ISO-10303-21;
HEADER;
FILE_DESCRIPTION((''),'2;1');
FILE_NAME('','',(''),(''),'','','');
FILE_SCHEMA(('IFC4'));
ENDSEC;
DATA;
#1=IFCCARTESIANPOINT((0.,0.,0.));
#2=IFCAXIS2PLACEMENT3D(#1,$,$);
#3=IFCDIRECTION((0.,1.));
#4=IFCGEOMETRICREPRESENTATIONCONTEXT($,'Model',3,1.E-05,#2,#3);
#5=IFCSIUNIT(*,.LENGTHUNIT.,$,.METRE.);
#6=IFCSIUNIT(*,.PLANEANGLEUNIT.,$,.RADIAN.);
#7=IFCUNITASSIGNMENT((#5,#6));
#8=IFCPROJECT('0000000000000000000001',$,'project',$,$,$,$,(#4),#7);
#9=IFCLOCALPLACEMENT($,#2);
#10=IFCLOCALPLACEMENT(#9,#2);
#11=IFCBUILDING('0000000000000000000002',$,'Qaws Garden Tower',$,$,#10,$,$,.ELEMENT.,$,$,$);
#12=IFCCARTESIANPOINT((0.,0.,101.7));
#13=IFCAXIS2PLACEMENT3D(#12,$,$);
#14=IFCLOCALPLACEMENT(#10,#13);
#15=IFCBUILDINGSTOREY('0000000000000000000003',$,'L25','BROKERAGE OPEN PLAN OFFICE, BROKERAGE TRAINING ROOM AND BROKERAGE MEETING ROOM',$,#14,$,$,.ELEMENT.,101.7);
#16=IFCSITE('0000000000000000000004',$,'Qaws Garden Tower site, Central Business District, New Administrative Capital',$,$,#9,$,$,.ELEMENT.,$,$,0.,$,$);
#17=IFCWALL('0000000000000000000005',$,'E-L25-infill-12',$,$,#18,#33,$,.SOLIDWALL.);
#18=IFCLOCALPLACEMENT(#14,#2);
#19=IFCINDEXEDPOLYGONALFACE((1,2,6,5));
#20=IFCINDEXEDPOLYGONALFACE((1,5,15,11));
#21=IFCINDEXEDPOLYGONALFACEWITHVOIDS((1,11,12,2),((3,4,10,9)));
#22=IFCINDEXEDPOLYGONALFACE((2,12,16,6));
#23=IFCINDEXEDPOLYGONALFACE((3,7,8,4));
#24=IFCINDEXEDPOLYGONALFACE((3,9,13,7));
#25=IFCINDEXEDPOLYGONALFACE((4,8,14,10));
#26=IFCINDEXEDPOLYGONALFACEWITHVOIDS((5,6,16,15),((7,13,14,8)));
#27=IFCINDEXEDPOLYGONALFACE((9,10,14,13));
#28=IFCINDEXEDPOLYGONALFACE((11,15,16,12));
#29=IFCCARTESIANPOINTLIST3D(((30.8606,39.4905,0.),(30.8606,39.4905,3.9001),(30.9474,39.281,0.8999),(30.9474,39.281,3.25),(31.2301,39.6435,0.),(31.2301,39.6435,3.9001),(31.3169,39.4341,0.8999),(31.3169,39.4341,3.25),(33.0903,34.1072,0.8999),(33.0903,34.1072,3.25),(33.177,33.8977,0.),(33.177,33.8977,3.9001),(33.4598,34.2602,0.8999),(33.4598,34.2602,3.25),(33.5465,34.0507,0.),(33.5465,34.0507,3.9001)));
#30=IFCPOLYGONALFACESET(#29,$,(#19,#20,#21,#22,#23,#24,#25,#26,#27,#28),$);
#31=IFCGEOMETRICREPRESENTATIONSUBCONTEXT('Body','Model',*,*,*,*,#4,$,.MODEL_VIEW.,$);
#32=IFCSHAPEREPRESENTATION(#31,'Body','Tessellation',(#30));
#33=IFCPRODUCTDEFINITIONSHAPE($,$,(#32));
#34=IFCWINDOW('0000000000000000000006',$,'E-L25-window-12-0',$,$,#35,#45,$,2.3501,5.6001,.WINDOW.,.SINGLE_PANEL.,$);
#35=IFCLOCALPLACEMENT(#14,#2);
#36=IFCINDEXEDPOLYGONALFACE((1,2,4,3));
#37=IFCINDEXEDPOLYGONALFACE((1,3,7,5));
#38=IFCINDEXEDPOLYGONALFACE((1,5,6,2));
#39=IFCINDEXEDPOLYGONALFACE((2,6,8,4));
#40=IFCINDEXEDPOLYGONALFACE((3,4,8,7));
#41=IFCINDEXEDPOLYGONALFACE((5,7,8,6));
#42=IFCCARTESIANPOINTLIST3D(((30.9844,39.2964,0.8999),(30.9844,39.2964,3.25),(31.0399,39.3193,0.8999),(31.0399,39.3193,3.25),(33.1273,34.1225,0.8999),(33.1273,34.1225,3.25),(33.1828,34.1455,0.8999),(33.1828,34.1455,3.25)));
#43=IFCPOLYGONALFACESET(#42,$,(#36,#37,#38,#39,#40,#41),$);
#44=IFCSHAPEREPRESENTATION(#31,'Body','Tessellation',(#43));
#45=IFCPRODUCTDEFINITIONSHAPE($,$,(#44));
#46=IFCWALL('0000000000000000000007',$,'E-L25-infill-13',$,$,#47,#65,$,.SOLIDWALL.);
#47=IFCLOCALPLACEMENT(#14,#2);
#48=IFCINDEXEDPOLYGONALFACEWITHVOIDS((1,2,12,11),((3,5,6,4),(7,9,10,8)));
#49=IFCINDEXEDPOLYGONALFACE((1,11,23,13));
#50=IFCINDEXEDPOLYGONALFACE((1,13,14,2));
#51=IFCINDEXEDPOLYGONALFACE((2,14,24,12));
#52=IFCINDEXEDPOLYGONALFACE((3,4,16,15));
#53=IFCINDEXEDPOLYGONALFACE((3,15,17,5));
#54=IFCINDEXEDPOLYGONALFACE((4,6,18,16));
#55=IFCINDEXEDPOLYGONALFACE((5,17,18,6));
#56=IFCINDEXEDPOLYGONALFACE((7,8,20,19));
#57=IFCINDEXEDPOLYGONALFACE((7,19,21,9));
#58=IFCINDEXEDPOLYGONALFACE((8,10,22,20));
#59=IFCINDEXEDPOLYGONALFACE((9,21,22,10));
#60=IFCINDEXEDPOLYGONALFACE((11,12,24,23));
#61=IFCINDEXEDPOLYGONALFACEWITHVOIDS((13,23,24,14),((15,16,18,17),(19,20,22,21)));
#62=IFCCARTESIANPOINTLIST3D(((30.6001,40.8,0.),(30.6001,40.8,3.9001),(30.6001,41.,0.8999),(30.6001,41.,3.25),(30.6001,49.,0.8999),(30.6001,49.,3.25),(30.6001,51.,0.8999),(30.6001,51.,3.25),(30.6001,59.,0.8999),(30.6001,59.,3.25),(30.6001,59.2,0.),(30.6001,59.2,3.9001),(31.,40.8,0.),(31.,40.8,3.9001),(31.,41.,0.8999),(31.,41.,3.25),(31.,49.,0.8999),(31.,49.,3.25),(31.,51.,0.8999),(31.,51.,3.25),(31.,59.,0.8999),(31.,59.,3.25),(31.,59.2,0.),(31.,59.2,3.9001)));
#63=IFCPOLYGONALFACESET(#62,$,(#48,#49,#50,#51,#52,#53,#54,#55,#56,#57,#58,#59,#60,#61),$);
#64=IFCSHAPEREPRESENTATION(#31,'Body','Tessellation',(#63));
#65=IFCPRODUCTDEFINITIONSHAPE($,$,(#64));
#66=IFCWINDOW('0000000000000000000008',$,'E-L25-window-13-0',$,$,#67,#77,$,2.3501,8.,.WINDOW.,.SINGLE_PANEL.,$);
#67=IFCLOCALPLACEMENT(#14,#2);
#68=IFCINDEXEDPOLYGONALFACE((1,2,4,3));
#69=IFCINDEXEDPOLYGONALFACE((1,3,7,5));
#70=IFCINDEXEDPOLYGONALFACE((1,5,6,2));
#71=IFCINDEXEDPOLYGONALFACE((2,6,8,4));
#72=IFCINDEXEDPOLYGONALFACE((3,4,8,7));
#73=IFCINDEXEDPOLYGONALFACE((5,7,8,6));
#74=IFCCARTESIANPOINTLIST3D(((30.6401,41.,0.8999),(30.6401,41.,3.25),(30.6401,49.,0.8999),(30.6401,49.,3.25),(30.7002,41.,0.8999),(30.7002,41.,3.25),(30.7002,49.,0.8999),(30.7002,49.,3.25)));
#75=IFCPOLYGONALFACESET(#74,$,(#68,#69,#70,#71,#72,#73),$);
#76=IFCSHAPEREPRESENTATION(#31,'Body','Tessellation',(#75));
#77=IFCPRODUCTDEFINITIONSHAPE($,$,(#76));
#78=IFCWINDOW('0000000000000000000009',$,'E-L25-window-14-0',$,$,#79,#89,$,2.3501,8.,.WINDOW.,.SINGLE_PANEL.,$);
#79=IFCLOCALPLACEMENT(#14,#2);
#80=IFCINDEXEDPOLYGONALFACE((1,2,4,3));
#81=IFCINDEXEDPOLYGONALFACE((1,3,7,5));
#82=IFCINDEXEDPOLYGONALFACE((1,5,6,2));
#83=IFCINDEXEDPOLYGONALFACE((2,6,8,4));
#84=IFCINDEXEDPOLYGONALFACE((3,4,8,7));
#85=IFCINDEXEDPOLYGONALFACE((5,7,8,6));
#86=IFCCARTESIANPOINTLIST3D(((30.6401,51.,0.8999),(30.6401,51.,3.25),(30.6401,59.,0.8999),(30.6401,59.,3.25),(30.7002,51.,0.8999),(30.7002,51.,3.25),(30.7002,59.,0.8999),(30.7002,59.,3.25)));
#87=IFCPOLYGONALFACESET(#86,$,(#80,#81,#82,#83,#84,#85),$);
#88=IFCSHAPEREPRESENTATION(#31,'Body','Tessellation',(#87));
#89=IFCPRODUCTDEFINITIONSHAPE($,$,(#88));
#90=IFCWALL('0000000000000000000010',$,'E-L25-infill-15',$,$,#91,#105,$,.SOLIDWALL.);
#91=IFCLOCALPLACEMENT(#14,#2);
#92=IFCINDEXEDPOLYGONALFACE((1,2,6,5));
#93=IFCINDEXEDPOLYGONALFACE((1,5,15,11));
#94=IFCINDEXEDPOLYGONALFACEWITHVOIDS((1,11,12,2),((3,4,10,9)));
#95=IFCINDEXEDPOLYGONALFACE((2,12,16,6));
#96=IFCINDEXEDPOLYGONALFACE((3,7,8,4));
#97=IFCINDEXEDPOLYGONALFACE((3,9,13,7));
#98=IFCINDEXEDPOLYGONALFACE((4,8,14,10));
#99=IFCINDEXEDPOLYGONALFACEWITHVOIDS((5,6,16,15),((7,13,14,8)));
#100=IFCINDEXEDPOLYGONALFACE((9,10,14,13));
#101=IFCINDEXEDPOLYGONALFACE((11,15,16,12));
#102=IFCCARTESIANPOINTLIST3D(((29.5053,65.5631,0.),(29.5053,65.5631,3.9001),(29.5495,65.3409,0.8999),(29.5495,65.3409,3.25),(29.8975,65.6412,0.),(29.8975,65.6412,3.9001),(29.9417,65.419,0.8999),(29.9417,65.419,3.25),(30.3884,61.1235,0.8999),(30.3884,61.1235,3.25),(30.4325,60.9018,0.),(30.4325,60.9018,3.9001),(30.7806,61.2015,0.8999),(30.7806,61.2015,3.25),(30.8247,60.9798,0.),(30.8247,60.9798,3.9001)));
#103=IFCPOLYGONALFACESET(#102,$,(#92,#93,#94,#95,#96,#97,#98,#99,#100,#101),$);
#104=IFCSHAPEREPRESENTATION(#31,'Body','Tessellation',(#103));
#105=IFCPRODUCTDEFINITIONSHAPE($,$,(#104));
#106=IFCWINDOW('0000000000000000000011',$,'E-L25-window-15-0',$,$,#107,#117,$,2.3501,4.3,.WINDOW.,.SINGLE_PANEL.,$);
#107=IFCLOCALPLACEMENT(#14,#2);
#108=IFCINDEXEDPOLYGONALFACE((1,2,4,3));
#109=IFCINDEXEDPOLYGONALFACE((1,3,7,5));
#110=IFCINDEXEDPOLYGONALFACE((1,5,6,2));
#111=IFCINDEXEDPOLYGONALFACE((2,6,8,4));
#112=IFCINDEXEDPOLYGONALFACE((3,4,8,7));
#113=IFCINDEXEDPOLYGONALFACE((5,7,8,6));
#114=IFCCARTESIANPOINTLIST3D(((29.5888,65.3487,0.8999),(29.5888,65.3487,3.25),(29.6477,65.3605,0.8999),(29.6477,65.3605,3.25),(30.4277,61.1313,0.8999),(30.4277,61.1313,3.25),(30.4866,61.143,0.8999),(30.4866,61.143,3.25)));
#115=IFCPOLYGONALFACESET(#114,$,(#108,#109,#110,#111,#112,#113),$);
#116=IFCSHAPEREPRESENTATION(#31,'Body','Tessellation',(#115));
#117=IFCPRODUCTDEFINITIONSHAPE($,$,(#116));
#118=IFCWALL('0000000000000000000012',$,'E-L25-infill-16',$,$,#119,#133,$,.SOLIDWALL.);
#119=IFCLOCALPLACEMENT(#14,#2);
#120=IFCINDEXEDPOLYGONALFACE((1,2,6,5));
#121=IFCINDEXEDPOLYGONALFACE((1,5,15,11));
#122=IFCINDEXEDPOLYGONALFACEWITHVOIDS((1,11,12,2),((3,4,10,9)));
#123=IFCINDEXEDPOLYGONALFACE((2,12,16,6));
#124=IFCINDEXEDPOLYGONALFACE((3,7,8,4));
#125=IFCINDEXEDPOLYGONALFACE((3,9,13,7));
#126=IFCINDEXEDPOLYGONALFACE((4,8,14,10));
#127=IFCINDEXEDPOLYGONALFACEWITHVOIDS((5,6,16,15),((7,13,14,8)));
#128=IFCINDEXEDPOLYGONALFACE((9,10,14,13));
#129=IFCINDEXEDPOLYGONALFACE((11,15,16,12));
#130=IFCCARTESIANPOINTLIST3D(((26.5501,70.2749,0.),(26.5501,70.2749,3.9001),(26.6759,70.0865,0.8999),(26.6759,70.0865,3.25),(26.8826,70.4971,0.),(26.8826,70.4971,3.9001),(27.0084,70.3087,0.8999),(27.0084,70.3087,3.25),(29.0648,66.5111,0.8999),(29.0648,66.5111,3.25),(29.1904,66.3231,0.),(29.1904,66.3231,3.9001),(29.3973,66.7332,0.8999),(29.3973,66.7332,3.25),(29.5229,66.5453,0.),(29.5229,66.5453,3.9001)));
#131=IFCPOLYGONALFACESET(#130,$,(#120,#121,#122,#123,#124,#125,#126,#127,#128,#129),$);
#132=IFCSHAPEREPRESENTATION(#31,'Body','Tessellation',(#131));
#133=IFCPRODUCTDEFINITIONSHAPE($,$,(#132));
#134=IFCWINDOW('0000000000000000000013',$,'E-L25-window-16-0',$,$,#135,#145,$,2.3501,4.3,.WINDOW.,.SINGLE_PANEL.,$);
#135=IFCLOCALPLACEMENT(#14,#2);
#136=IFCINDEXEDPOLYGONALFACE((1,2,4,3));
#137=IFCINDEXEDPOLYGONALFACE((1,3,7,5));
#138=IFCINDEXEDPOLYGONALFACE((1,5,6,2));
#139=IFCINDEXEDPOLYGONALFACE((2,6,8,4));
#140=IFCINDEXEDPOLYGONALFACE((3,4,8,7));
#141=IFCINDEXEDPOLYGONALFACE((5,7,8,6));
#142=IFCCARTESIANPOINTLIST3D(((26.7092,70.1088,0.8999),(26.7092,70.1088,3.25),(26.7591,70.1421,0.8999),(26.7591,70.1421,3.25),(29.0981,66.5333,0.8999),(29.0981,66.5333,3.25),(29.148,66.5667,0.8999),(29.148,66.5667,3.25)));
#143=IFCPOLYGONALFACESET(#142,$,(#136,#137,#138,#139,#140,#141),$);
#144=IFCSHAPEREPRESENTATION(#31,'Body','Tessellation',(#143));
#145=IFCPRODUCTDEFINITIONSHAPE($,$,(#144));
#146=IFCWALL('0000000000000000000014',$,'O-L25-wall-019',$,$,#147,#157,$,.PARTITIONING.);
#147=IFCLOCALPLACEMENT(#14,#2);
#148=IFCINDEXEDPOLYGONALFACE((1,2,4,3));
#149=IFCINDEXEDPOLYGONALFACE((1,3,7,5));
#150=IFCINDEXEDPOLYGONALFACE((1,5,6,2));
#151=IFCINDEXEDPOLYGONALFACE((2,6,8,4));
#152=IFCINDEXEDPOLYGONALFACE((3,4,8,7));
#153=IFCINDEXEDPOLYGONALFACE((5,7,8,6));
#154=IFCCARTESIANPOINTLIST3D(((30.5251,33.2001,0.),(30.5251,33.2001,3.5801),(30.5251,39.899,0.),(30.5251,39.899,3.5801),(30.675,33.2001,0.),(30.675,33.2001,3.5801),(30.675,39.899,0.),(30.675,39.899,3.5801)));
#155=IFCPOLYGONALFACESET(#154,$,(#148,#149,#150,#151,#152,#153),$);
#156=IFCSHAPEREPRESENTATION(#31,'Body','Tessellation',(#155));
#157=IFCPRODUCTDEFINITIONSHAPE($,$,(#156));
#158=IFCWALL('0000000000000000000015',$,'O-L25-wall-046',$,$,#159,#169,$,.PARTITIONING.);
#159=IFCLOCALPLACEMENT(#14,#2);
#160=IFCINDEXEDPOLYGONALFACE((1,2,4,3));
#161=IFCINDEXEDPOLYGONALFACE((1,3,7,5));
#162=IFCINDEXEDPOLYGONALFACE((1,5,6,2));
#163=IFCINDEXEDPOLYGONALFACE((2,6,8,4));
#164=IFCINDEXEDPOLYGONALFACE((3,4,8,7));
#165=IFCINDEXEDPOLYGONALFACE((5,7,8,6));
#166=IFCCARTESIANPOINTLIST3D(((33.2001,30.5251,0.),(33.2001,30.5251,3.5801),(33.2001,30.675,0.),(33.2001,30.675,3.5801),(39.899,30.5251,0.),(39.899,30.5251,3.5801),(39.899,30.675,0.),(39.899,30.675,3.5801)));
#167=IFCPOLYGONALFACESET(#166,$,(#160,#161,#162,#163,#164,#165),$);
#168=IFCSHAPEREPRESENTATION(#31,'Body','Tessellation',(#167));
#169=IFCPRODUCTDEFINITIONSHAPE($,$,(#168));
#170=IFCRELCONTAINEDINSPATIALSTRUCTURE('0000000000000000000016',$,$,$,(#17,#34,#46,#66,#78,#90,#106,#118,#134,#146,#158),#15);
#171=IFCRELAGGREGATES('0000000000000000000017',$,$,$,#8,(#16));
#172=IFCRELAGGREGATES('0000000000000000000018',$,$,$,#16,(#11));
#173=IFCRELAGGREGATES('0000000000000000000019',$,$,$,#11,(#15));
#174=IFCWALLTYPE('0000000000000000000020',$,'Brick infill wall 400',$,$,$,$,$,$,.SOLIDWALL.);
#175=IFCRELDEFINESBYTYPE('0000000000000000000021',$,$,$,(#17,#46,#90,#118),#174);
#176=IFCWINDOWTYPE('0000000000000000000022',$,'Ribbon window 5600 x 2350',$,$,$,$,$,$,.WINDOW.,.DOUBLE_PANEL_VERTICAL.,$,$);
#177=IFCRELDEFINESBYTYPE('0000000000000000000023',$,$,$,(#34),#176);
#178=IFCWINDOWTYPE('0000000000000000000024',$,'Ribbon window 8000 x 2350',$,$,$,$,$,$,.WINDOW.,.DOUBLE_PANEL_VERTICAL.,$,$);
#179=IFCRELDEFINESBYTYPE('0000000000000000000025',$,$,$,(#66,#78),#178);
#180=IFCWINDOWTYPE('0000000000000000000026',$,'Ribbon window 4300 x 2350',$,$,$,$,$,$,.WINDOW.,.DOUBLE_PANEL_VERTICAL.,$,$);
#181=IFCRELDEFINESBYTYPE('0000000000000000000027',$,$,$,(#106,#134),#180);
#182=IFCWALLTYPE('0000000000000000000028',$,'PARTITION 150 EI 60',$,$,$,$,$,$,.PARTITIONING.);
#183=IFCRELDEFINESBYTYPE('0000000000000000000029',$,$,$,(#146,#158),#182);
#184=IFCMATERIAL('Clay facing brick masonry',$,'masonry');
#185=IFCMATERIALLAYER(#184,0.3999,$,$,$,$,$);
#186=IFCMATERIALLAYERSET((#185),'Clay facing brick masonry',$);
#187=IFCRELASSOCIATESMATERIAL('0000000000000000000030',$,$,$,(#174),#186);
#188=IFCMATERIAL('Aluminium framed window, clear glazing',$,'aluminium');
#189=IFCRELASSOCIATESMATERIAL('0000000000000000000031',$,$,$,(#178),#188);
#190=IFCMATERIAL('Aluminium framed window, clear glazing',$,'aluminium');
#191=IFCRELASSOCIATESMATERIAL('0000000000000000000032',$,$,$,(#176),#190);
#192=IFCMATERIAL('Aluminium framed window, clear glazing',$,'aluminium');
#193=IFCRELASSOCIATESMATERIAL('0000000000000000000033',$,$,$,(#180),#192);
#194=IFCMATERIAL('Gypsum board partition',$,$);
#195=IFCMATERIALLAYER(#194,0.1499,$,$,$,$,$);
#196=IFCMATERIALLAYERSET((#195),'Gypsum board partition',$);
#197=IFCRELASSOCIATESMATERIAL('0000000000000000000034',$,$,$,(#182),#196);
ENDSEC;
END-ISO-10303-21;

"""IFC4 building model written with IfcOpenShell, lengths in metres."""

from ifc_helpers import new_model, si_unit, direction, frame, frame_2d, origin, place, context, subcontext, project, spatial, rectangle, extrude, material, layer, layer_set, type_object, element, fill, save


model = new_model("IFC4")

# Units and contexts
model_context = context("Model", 3, precision=1e-05, world=origin(), true_north=direction((0.0, 1.0)))
body_context = subcontext(model_context, "Body", "Model", "MODEL_VIEW")
ifc_project = project(units=[si_unit("LENGTHUNIT", "METRE"), si_unit("PLANEANGLEUNIT", "RADIAN")], contexts=[model_context])

# Site, building, storey
site_placement = place(None, origin())
site = spatial("IfcSite", under=ifc_project, at=site_placement, Name="Qaws Garden Tower site, Central Business District, New Administrative Capital", CompositionType="ELEMENT", RefElevation=0.0)
building_placement = place(site_placement, origin())
building = spatial("IfcBuilding", under=site, at=building_placement, Name="Qaws Garden Tower", CompositionType="ELEMENT")
storey_placement = place(building_placement, frame((0.0, 0.0, 101.7)))
storey = spatial("IfcBuildingStorey", under=building, at=storey_placement, Name="L25", Description="BROKERAGE OPEN PLAN OFFICE, BROKERAGE TRAINING ROOM AND BROKERAGE MEETING ROOM", CompositionType="ELEMENT", Elevation=101.7)

# Shared definitions
ifc_material_1 = material(Name="Clay facing brick masonry", Category="masonry")
ifc_layer_1 = layer(ifc_material_1, 0.3999)
ifc_layer_set_1 = layer_set([ifc_layer_1], Name="Clay facing brick masonry")
wall_type_1 = type_object("IfcWallType", Name="Brick infill wall 400", PredefinedType="SOLIDWALL", material=ifc_layer_set_1)
ifc_material_2 = material(Name="Aluminium framed window, clear glazing", Category="aluminium")
window_type_1 = type_object("IfcWindowType", Name="Ribbon window 8000 x 2350", PartitioningType="DOUBLE_PANEL_VERTICAL", PredefinedType="WINDOW", material=ifc_material_2)

# Wall, opening, window
ifc_material_3 = material(Name="Aluminium framed window, clear glazing", Category="aluminium")
window_type_2 = type_object("IfcWindowType", Name="Ribbon window 5600 x 2350", PartitioningType="DOUBLE_PANEL_VERTICAL", PredefinedType="WINDOW", material=ifc_material_3)
wall_1_placement = place(storey_placement, frame((33.3618, 33.9741, 0.0), z_axis=(0.0, 0.0, 1.0), x_axis=(-0.382656, 0.923891, 0.0)))
wall_1 = element("IfcWall", 1, at=wall_1_placement, inside=storey, type_object=wall_type_1, Name="E-L25-infill-12", PredefinedType="SOLIDWALL", context=body_context, shape_type="SweptSolid", body=[
    extrude(rectangle(XDim=6.0535, YDim=0.3999, at=frame_2d((3.0269, 0.0))), origin(), (0.0, 0.0, 1.0), 3.9001),
])
opening_1_placement = place(wall_1_placement, frame((0.2268, 0.0, 0.8999)))
opening_1 = element("IfcOpeningElement", 2, at=opening_1_placement, cuts=wall_1, PredefinedType="OPENING", context=body_context, shape_type="SweptSolid", body=[
    extrude(rectangle(XDim=5.6001, YDim=2.3501, at=frame_2d((2.8, 1.175))), frame((0.0, 0.21, 0.0), z_axis=(0.0, -1.0, 0.0), x_axis=(1.0, 0.0, 0.0)), (0.0, 0.0, 1.0), 0.4199),
])
window_1_placement = place(opening_1_placement, origin())
window_1 = element("IfcWindow", 3, at=window_1_placement, inside=storey, type_object=window_type_2, Name="E-L25-window-12-0", OverallHeight=2.3501, OverallWidth=5.6001, PartitioningType="SINGLE_PANEL", PredefinedType="WINDOW", context=body_context, shape_type="SweptSolid", body=[
    extrude(rectangle(XDim=5.6001, YDim=2.3501, at=frame_2d((2.8, 1.175))), frame((0.0, 0.1599, 0.0), z_axis=(0.0, -1.0, 0.0), x_axis=(1.0, 0.0, 0.0)), (0.0, 0.0, 1.0), 0.0601),
])
fill(opening_1, window_1)

# Wall, openings, windows
wall_2_placement = place(storey_placement, frame((30.8, 40.8, 0.0), z_axis=(0.0, 0.0, 1.0), x_axis=(0.0, 1.0, 0.0)))
wall_2 = element("IfcWall", 4, at=wall_2_placement, inside=storey, type_object=wall_type_1, Name="E-L25-infill-13", PredefinedType="SOLIDWALL", context=body_context, shape_type="SweptSolid", body=[
    extrude(rectangle(XDim=18.3999, YDim=0.3999, at=frame_2d((9.2, 0.0))), origin(), (0.0, 0.0, 1.0), 3.9001),
])
opening_2_placement = place(wall_2_placement, frame((0.2, 0.0, 0.8999)))
opening_2 = element("IfcOpeningElement", 5, at=opening_2_placement, cuts=wall_2, PredefinedType="OPENING", context=body_context, shape_type="SweptSolid", body=[
    extrude(rectangle(XDim=8.0, YDim=2.3501, at=frame_2d((4.0, 1.175))), frame((0.0, 0.21, 0.0), z_axis=(0.0, -1.0, 0.0), x_axis=(1.0, 0.0, 0.0)), (0.0, 0.0, 1.0), 0.4199),
])
opening_3_placement = place(wall_2_placement, frame((10.2, 0.0, 0.8999)))
opening_3 = element("IfcOpeningElement", 6, at=opening_3_placement, cuts=wall_2, PredefinedType="OPENING", context=body_context, shape_type="SweptSolid", body=[
    extrude(rectangle(XDim=8.0, YDim=2.3501, at=frame_2d((4.0, 1.175))), frame((0.0, 0.21, 0.0), z_axis=(0.0, -1.0, 0.0), x_axis=(1.0, 0.0, 0.0)), (0.0, 0.0, 1.0), 0.4199),
])
window_2_placement = place(opening_2_placement, origin())
window_2 = element("IfcWindow", 7, at=window_2_placement, inside=storey, type_object=window_type_1, Name="E-L25-window-13-0", OverallHeight=2.3501, OverallWidth=8.0, PartitioningType="SINGLE_PANEL", PredefinedType="WINDOW", context=body_context, shape_type="SweptSolid", body=[
    extrude(rectangle(XDim=8.0, YDim=2.3501, at=frame_2d((4.0, 1.175))), frame((0.0, 0.1599, 0.0), z_axis=(0.0, -1.0, 0.0), x_axis=(1.0, 0.0, 0.0)), (0.0, 0.0, 1.0), 0.0601),
])
fill(opening_2, window_2)
window_3_placement = place(opening_3_placement, origin())
window_3 = element("IfcWindow", 8, at=window_3_placement, inside=storey, type_object=window_type_1, Name="E-L25-window-14-0", OverallHeight=2.3501, OverallWidth=8.0, PartitioningType="SINGLE_PANEL", PredefinedType="WINDOW", context=body_context, shape_type="SweptSolid", body=[
    extrude(rectangle(XDim=8.0, YDim=2.3501, at=frame_2d((4.0, 1.175))), frame((0.0, 0.1599, 0.0), z_axis=(0.0, -1.0, 0.0), x_axis=(1.0, 0.0, 0.0)), (0.0, 0.0, 1.0), 0.0601),
])
fill(opening_3, window_3)

# Walls, openings, windows
wall_3_placement = place(storey_placement, frame((30.6287, 60.9407, 0.0), z_axis=(0.0, 0.0, 1.0), x_axis=(-0.195099, 0.980784, 0.0)))
wall_3 = element("IfcWall", 9, at=wall_3_placement, inside=storey, type_object=wall_type_1, Name="E-L25-infill-15", PredefinedType="SOLIDWALL", context=body_context, shape_type="SweptSolid", body=[
    extrude(rectangle(XDim=4.7527, YDim=0.3999, at=frame_2d((2.3765, 0.0))), origin(), (0.0, 0.0, 1.0), 3.9001),
])
opening_4_placement = place(wall_3_placement, frame((0.2263, 0.0, 0.8999)))
opening_4 = element("IfcOpeningElement", 10, at=opening_4_placement, cuts=wall_3, PredefinedType="OPENING", context=body_context, shape_type="SweptSolid", body=[
    extrude(rectangle(XDim=4.3, YDim=2.3501, at=frame_2d((2.1499, 1.175))), frame((0.0, 0.21, 0.0), z_axis=(0.0, -1.0, 0.0), x_axis=(1.0, 0.0, 0.0)), (0.0, 0.0, 1.0), 0.4199),
])
ifc_material_4 = material(Name="Aluminium framed window, clear glazing", Category="aluminium")
window_type_3 = type_object("IfcWindowType", Name="Ribbon window 4300 x 2350", PartitioningType="DOUBLE_PANEL_VERTICAL", PredefinedType="WINDOW", material=ifc_material_4)
window_4_placement = place(opening_4_placement, origin())
window_4 = element("IfcWindow", 11, at=window_4_placement, inside=storey, type_object=window_type_3, Name="E-L25-window-15-0", OverallHeight=2.3501, OverallWidth=4.3, PartitioningType="SINGLE_PANEL", PredefinedType="WINDOW", context=body_context, shape_type="SweptSolid", body=[
    extrude(rectangle(XDim=4.3, YDim=2.3501, at=frame_2d((2.1499, 1.175))), frame((0.0, 0.1599, 0.0), z_axis=(0.0, -1.0, 0.0), x_axis=(1.0, 0.0, 0.0)), (0.0, 0.0, 1.0), 0.0601),
])
fill(opening_4, window_4)
wall_4_placement = place(storey_placement, frame((29.3567, 66.4341, 0.0), z_axis=(0.0, 0.0, 1.0), x_axis=(-0.555542, 0.831489, 0.0)))
wall_4 = element("IfcWall", 12, at=wall_4_placement, inside=storey, type_object=wall_type_1, Name="E-L25-infill-16", PredefinedType="SOLIDWALL", context=body_context, shape_type="SweptSolid", body=[
    extrude(rectangle(XDim=4.7527, YDim=0.3999, at=frame_2d((2.3765, 0.0))), origin(), (0.0, 0.0, 1.0), 3.9001),
])
opening_5_placement = place(wall_4_placement, frame((0.2263, 0.0, 0.8999)))
opening_5 = element("IfcOpeningElement", 13, at=opening_5_placement, cuts=wall_4, PredefinedType="OPENING", context=body_context, shape_type="SweptSolid", body=[
    extrude(rectangle(XDim=4.3, YDim=2.3501, at=frame_2d((2.1499, 1.175))), frame((0.0, 0.21, 0.0), z_axis=(0.0, -1.0, 0.0), x_axis=(1.0, 0.0, 0.0)), (0.0, 0.0, 1.0), 0.4199),
])
window_5_placement = place(opening_5_placement, origin())
window_5 = element("IfcWindow", 14, at=window_5_placement, inside=storey, type_object=window_type_3, Name="E-L25-window-16-0", OverallHeight=2.3501, OverallWidth=4.3, PartitioningType="SINGLE_PANEL", PredefinedType="WINDOW", context=body_context, shape_type="SweptSolid", body=[
    extrude(rectangle(XDim=4.3, YDim=2.3501, at=frame_2d((2.1499, 1.175))), frame((0.0, 0.1599, 0.0), z_axis=(0.0, -1.0, 0.0), x_axis=(1.0, 0.0, 0.0)), (0.0, 0.0, 1.0), 0.0601),
])
fill(opening_5, window_5)

# Walls
ifc_material_5 = material(Name="Gypsum board partition")
ifc_layer_2 = layer(ifc_material_5, 0.1499)
ifc_layer_set_2 = layer_set([ifc_layer_2], Name="Gypsum board partition")
wall_type_2 = type_object("IfcWallType", Name="PARTITION 150 EI 60", PredefinedType="PARTITIONING", material=ifc_layer_set_2)
for number, where, z_axis, x_axis, name in (
    (15, (30.6001, 33.2, 0.0), (0.0, 0.0, 1.0), (0.0, 1.0, 0.0), "O-L25-wall-019"),
    (16, (33.2, 30.6001, 0.0), (0.0, 0.0, 1.0), (1.0, 0.0, 0.0), "O-L25-wall-046"),
):
    element("IfcWall", number, at=place(storey_placement, frame(where, z_axis=z_axis, x_axis=x_axis)), inside=storey, type_object=wall_type_2, Name=name, PredefinedType="PARTITIONING", context=body_context, shape_type="SweptSolid", body=[
        extrude(rectangle(XDim=6.699, YDim=0.1499, at=frame_2d((3.3496, 0.0))), origin(), (0.0, 0.0, 1.0), 3.5801),
    ])

save(model, "model.ifc")
